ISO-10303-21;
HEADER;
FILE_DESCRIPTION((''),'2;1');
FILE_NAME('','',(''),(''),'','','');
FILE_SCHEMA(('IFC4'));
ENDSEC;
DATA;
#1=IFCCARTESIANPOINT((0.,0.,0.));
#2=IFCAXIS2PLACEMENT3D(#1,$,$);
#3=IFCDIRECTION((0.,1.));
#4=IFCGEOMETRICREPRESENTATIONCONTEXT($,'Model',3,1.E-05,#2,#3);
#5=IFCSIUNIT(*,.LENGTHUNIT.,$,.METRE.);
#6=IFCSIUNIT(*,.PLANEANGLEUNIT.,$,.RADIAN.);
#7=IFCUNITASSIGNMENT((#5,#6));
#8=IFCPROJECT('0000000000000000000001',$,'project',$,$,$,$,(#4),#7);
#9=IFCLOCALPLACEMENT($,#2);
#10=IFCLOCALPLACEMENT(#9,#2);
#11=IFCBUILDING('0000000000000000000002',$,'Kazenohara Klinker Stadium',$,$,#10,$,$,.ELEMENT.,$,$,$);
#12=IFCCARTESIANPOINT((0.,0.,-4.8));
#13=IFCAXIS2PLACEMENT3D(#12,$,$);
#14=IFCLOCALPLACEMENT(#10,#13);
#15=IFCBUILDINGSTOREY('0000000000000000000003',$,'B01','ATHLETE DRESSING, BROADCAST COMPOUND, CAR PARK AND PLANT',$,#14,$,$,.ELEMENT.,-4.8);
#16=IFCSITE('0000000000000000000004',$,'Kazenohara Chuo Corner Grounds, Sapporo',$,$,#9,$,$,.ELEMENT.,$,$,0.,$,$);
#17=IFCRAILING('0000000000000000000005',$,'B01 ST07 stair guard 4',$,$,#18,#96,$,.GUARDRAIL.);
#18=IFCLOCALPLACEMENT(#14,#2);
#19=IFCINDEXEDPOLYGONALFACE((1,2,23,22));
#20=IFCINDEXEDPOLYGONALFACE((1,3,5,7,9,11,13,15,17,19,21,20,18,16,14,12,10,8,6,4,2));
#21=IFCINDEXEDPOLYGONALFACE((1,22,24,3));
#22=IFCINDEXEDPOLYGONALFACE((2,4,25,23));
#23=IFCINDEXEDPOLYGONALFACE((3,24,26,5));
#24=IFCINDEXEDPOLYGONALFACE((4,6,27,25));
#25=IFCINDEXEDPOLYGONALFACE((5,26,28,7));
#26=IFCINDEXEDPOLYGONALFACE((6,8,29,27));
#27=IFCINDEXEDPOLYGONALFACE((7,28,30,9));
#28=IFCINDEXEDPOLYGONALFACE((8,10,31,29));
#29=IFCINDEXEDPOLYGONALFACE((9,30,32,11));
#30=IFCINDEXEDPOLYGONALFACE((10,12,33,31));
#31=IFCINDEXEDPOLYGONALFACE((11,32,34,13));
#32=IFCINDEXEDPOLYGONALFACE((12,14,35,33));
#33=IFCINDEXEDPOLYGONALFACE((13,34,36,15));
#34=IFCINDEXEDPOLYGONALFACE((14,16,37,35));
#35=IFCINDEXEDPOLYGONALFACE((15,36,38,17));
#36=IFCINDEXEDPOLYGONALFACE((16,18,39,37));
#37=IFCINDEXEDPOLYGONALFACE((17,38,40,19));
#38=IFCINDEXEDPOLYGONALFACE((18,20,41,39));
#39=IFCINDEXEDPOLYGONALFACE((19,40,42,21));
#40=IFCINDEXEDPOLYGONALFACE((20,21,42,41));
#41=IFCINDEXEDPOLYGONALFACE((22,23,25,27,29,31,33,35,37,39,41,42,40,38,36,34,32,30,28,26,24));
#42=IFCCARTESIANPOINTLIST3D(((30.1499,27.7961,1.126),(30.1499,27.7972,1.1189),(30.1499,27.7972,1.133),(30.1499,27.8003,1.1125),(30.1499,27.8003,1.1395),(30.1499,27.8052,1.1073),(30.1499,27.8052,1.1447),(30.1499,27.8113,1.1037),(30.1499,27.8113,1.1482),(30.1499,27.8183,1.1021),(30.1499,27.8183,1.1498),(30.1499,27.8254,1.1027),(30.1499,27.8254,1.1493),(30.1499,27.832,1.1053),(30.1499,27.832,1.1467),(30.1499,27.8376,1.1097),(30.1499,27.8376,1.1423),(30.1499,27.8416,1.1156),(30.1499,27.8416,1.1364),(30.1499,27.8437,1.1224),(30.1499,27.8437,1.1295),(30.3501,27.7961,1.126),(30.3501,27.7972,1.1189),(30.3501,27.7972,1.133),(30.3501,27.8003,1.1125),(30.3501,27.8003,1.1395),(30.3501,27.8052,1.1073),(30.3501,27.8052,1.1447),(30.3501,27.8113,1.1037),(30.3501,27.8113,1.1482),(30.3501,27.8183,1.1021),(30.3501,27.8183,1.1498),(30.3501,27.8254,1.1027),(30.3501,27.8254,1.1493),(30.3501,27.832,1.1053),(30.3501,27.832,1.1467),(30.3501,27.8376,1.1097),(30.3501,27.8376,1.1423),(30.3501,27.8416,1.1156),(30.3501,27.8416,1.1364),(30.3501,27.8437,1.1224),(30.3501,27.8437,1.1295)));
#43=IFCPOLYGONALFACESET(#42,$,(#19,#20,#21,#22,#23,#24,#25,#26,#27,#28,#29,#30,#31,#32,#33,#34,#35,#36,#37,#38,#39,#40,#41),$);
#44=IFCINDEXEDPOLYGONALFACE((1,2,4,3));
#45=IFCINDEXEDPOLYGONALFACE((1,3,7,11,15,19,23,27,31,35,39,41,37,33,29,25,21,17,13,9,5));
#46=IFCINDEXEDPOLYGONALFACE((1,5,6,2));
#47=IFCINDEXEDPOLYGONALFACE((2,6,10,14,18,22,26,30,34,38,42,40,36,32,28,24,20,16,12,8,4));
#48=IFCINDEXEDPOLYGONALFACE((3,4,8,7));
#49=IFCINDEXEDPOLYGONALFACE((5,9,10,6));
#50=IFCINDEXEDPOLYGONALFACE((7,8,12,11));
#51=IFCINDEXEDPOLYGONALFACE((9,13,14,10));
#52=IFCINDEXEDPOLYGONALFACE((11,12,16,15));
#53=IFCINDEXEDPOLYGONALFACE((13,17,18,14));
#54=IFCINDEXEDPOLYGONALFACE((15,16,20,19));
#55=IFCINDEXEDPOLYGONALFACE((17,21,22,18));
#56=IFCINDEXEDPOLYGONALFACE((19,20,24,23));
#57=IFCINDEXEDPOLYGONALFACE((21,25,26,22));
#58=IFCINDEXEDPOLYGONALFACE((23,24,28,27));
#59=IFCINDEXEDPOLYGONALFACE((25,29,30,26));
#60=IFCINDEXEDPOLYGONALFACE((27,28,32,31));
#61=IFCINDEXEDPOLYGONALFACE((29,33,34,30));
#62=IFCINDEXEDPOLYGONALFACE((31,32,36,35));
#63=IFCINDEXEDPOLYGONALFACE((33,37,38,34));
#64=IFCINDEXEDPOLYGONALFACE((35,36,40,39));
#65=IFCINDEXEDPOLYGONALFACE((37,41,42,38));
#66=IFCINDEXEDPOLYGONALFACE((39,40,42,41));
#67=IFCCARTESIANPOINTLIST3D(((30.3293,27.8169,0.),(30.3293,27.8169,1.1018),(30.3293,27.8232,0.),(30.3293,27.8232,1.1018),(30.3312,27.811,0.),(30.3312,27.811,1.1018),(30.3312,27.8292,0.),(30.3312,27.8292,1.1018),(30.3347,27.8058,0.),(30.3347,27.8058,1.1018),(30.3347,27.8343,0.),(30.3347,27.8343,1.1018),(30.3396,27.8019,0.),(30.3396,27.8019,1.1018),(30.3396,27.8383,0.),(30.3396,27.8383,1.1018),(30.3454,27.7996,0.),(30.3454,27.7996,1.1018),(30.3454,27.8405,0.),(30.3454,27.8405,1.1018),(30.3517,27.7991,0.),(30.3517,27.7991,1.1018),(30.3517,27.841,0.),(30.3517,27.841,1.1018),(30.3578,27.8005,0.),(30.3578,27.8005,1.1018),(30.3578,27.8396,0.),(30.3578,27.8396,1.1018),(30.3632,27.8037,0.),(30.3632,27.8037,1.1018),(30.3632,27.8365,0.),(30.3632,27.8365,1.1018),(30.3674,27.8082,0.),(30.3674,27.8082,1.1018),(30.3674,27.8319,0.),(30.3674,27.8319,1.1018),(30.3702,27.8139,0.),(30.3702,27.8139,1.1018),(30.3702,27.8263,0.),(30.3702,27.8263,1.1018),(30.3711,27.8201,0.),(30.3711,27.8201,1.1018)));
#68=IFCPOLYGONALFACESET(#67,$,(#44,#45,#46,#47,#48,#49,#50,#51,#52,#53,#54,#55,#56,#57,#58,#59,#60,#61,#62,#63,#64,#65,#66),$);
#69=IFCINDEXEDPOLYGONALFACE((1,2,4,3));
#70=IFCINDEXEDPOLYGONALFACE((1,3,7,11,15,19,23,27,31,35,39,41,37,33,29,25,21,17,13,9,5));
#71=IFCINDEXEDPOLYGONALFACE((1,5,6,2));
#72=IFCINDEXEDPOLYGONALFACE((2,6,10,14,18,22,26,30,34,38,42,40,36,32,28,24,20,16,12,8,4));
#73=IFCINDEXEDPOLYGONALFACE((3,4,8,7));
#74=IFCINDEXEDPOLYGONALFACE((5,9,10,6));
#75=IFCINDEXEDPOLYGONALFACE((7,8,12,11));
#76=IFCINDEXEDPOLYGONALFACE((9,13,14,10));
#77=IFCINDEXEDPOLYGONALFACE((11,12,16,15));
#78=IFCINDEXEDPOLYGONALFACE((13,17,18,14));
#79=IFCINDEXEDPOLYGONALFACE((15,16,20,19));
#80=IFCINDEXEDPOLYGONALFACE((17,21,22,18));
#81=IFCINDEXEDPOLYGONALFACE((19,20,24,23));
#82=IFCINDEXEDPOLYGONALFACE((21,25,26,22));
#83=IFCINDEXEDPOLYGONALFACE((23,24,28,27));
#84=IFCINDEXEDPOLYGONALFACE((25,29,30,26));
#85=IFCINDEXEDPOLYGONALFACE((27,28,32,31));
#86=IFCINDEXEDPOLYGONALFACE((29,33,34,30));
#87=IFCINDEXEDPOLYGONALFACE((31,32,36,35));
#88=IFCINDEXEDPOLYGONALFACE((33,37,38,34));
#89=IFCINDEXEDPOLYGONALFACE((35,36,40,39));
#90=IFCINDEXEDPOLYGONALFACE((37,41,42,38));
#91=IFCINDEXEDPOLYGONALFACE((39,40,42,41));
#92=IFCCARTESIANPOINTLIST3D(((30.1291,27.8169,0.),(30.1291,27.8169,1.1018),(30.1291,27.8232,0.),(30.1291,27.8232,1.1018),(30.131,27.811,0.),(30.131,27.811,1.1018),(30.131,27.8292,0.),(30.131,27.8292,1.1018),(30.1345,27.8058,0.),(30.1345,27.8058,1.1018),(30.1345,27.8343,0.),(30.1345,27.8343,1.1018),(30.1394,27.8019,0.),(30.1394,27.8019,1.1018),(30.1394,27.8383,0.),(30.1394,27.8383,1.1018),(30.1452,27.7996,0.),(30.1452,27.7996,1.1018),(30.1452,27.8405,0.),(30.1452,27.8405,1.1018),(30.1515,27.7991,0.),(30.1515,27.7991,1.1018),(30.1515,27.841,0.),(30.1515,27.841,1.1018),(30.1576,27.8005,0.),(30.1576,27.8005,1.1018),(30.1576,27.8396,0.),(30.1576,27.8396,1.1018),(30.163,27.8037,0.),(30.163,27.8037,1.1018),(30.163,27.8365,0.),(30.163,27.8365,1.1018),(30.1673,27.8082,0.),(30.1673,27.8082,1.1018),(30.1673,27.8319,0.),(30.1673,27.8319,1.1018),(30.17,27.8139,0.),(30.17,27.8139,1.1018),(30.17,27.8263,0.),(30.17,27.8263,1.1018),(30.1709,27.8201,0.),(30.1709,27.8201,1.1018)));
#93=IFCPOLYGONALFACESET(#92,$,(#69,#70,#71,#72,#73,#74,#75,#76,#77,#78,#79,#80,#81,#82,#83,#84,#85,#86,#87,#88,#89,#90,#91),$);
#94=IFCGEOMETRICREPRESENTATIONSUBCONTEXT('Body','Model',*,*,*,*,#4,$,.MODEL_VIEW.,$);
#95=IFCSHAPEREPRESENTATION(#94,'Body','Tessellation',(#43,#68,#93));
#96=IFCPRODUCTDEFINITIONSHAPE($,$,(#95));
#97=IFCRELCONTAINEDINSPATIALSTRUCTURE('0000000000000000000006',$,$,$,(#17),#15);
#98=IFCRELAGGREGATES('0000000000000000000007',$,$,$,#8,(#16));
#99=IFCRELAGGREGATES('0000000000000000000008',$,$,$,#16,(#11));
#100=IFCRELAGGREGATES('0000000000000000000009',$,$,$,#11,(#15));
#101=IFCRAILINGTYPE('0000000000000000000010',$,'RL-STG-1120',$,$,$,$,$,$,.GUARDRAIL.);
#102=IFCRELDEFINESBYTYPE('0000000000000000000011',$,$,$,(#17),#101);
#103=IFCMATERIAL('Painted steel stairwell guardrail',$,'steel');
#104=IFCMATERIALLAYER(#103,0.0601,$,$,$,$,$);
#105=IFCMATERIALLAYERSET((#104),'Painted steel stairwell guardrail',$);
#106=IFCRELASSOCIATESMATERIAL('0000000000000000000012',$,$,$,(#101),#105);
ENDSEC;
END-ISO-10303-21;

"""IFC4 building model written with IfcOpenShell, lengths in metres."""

from ifc_helpers import new_model, si_unit, direction, frame, origin, origin_2d, place, context, subcontext, project, spatial, circle, extrude, material, layer, layer_set, type_object, element, save


model = new_model("IFC4")

# Units and contexts
model_context = context("Model", 3, precision=1e-05, world=origin(), true_north=direction((0.0, 1.0)))
body_context = subcontext(model_context, "Body", "Model", "MODEL_VIEW")
ifc_project = project(units=[si_unit("LENGTHUNIT", "METRE"), si_unit("PLANEANGLEUNIT", "RADIAN")], contexts=[model_context])

# Site, building, storey
site_placement = place(None, origin())
site = spatial("IfcSite", under=ifc_project, at=site_placement, Name="Kazenohara Chuo Corner Grounds, Sapporo", CompositionType="ELEMENT", RefElevation=0.0)
building_placement = place(site_placement, origin())
building = spatial("IfcBuilding", under=site, at=building_placement, Name="Kazenohara Klinker Stadium", CompositionType="ELEMENT")
storey_placement = place(building_placement, frame((0.0, 0.0, -4.8)))
storey = spatial("IfcBuildingStorey", under=building, at=storey_placement, Name="B01", Description="ATHLETE DRESSING, BROADCAST COMPOUND, CAR PARK AND PLANT", CompositionType="ELEMENT", Elevation=-4.8)

# Railing
ifc_material_1 = material(Name="Painted steel stairwell guardrail", Category="steel")
ifc_layer_1 = layer(ifc_material_1, 0.0601)
ifc_layer_set_1 = layer_set([ifc_layer_1], Name="Painted steel stairwell guardrail")
railing_type_1 = type_object("IfcRailingType", Name="RL-STG-1120", PredefinedType="GUARDRAIL", material=ifc_layer_set_1)
railing_1_placement = place(storey_placement, frame((30.3501, 27.8201, 0.0)))
element("IfcRailing", 1, at=railing_1_placement, inside=storey, type_object=railing_type_1, Name="B01 ST07 stair guard 4", PredefinedType="GUARDRAIL", context=body_context, shape_type="SweptSolid", body=[
    extrude(circle(Radius=0.0239, at=origin_2d()), frame((0.0, 0.0, 1.126), z_axis=(-1.0, 0.0, 0.0), x_axis=(0.0, -1.0, 0.0)), (0.0, 0.0, 1.0), 0.2002),
    extrude(circle(Radius=0.021, at=origin_2d()), origin(), (0.0, 0.0, 1.0), 1.1018),
    extrude(circle(Radius=0.021, at=origin_2d()), frame((-0.2002, 0.0, 0.0)), (0.0, 0.0, 1.0), 1.1018),
])

save(model, "model.ifc")
